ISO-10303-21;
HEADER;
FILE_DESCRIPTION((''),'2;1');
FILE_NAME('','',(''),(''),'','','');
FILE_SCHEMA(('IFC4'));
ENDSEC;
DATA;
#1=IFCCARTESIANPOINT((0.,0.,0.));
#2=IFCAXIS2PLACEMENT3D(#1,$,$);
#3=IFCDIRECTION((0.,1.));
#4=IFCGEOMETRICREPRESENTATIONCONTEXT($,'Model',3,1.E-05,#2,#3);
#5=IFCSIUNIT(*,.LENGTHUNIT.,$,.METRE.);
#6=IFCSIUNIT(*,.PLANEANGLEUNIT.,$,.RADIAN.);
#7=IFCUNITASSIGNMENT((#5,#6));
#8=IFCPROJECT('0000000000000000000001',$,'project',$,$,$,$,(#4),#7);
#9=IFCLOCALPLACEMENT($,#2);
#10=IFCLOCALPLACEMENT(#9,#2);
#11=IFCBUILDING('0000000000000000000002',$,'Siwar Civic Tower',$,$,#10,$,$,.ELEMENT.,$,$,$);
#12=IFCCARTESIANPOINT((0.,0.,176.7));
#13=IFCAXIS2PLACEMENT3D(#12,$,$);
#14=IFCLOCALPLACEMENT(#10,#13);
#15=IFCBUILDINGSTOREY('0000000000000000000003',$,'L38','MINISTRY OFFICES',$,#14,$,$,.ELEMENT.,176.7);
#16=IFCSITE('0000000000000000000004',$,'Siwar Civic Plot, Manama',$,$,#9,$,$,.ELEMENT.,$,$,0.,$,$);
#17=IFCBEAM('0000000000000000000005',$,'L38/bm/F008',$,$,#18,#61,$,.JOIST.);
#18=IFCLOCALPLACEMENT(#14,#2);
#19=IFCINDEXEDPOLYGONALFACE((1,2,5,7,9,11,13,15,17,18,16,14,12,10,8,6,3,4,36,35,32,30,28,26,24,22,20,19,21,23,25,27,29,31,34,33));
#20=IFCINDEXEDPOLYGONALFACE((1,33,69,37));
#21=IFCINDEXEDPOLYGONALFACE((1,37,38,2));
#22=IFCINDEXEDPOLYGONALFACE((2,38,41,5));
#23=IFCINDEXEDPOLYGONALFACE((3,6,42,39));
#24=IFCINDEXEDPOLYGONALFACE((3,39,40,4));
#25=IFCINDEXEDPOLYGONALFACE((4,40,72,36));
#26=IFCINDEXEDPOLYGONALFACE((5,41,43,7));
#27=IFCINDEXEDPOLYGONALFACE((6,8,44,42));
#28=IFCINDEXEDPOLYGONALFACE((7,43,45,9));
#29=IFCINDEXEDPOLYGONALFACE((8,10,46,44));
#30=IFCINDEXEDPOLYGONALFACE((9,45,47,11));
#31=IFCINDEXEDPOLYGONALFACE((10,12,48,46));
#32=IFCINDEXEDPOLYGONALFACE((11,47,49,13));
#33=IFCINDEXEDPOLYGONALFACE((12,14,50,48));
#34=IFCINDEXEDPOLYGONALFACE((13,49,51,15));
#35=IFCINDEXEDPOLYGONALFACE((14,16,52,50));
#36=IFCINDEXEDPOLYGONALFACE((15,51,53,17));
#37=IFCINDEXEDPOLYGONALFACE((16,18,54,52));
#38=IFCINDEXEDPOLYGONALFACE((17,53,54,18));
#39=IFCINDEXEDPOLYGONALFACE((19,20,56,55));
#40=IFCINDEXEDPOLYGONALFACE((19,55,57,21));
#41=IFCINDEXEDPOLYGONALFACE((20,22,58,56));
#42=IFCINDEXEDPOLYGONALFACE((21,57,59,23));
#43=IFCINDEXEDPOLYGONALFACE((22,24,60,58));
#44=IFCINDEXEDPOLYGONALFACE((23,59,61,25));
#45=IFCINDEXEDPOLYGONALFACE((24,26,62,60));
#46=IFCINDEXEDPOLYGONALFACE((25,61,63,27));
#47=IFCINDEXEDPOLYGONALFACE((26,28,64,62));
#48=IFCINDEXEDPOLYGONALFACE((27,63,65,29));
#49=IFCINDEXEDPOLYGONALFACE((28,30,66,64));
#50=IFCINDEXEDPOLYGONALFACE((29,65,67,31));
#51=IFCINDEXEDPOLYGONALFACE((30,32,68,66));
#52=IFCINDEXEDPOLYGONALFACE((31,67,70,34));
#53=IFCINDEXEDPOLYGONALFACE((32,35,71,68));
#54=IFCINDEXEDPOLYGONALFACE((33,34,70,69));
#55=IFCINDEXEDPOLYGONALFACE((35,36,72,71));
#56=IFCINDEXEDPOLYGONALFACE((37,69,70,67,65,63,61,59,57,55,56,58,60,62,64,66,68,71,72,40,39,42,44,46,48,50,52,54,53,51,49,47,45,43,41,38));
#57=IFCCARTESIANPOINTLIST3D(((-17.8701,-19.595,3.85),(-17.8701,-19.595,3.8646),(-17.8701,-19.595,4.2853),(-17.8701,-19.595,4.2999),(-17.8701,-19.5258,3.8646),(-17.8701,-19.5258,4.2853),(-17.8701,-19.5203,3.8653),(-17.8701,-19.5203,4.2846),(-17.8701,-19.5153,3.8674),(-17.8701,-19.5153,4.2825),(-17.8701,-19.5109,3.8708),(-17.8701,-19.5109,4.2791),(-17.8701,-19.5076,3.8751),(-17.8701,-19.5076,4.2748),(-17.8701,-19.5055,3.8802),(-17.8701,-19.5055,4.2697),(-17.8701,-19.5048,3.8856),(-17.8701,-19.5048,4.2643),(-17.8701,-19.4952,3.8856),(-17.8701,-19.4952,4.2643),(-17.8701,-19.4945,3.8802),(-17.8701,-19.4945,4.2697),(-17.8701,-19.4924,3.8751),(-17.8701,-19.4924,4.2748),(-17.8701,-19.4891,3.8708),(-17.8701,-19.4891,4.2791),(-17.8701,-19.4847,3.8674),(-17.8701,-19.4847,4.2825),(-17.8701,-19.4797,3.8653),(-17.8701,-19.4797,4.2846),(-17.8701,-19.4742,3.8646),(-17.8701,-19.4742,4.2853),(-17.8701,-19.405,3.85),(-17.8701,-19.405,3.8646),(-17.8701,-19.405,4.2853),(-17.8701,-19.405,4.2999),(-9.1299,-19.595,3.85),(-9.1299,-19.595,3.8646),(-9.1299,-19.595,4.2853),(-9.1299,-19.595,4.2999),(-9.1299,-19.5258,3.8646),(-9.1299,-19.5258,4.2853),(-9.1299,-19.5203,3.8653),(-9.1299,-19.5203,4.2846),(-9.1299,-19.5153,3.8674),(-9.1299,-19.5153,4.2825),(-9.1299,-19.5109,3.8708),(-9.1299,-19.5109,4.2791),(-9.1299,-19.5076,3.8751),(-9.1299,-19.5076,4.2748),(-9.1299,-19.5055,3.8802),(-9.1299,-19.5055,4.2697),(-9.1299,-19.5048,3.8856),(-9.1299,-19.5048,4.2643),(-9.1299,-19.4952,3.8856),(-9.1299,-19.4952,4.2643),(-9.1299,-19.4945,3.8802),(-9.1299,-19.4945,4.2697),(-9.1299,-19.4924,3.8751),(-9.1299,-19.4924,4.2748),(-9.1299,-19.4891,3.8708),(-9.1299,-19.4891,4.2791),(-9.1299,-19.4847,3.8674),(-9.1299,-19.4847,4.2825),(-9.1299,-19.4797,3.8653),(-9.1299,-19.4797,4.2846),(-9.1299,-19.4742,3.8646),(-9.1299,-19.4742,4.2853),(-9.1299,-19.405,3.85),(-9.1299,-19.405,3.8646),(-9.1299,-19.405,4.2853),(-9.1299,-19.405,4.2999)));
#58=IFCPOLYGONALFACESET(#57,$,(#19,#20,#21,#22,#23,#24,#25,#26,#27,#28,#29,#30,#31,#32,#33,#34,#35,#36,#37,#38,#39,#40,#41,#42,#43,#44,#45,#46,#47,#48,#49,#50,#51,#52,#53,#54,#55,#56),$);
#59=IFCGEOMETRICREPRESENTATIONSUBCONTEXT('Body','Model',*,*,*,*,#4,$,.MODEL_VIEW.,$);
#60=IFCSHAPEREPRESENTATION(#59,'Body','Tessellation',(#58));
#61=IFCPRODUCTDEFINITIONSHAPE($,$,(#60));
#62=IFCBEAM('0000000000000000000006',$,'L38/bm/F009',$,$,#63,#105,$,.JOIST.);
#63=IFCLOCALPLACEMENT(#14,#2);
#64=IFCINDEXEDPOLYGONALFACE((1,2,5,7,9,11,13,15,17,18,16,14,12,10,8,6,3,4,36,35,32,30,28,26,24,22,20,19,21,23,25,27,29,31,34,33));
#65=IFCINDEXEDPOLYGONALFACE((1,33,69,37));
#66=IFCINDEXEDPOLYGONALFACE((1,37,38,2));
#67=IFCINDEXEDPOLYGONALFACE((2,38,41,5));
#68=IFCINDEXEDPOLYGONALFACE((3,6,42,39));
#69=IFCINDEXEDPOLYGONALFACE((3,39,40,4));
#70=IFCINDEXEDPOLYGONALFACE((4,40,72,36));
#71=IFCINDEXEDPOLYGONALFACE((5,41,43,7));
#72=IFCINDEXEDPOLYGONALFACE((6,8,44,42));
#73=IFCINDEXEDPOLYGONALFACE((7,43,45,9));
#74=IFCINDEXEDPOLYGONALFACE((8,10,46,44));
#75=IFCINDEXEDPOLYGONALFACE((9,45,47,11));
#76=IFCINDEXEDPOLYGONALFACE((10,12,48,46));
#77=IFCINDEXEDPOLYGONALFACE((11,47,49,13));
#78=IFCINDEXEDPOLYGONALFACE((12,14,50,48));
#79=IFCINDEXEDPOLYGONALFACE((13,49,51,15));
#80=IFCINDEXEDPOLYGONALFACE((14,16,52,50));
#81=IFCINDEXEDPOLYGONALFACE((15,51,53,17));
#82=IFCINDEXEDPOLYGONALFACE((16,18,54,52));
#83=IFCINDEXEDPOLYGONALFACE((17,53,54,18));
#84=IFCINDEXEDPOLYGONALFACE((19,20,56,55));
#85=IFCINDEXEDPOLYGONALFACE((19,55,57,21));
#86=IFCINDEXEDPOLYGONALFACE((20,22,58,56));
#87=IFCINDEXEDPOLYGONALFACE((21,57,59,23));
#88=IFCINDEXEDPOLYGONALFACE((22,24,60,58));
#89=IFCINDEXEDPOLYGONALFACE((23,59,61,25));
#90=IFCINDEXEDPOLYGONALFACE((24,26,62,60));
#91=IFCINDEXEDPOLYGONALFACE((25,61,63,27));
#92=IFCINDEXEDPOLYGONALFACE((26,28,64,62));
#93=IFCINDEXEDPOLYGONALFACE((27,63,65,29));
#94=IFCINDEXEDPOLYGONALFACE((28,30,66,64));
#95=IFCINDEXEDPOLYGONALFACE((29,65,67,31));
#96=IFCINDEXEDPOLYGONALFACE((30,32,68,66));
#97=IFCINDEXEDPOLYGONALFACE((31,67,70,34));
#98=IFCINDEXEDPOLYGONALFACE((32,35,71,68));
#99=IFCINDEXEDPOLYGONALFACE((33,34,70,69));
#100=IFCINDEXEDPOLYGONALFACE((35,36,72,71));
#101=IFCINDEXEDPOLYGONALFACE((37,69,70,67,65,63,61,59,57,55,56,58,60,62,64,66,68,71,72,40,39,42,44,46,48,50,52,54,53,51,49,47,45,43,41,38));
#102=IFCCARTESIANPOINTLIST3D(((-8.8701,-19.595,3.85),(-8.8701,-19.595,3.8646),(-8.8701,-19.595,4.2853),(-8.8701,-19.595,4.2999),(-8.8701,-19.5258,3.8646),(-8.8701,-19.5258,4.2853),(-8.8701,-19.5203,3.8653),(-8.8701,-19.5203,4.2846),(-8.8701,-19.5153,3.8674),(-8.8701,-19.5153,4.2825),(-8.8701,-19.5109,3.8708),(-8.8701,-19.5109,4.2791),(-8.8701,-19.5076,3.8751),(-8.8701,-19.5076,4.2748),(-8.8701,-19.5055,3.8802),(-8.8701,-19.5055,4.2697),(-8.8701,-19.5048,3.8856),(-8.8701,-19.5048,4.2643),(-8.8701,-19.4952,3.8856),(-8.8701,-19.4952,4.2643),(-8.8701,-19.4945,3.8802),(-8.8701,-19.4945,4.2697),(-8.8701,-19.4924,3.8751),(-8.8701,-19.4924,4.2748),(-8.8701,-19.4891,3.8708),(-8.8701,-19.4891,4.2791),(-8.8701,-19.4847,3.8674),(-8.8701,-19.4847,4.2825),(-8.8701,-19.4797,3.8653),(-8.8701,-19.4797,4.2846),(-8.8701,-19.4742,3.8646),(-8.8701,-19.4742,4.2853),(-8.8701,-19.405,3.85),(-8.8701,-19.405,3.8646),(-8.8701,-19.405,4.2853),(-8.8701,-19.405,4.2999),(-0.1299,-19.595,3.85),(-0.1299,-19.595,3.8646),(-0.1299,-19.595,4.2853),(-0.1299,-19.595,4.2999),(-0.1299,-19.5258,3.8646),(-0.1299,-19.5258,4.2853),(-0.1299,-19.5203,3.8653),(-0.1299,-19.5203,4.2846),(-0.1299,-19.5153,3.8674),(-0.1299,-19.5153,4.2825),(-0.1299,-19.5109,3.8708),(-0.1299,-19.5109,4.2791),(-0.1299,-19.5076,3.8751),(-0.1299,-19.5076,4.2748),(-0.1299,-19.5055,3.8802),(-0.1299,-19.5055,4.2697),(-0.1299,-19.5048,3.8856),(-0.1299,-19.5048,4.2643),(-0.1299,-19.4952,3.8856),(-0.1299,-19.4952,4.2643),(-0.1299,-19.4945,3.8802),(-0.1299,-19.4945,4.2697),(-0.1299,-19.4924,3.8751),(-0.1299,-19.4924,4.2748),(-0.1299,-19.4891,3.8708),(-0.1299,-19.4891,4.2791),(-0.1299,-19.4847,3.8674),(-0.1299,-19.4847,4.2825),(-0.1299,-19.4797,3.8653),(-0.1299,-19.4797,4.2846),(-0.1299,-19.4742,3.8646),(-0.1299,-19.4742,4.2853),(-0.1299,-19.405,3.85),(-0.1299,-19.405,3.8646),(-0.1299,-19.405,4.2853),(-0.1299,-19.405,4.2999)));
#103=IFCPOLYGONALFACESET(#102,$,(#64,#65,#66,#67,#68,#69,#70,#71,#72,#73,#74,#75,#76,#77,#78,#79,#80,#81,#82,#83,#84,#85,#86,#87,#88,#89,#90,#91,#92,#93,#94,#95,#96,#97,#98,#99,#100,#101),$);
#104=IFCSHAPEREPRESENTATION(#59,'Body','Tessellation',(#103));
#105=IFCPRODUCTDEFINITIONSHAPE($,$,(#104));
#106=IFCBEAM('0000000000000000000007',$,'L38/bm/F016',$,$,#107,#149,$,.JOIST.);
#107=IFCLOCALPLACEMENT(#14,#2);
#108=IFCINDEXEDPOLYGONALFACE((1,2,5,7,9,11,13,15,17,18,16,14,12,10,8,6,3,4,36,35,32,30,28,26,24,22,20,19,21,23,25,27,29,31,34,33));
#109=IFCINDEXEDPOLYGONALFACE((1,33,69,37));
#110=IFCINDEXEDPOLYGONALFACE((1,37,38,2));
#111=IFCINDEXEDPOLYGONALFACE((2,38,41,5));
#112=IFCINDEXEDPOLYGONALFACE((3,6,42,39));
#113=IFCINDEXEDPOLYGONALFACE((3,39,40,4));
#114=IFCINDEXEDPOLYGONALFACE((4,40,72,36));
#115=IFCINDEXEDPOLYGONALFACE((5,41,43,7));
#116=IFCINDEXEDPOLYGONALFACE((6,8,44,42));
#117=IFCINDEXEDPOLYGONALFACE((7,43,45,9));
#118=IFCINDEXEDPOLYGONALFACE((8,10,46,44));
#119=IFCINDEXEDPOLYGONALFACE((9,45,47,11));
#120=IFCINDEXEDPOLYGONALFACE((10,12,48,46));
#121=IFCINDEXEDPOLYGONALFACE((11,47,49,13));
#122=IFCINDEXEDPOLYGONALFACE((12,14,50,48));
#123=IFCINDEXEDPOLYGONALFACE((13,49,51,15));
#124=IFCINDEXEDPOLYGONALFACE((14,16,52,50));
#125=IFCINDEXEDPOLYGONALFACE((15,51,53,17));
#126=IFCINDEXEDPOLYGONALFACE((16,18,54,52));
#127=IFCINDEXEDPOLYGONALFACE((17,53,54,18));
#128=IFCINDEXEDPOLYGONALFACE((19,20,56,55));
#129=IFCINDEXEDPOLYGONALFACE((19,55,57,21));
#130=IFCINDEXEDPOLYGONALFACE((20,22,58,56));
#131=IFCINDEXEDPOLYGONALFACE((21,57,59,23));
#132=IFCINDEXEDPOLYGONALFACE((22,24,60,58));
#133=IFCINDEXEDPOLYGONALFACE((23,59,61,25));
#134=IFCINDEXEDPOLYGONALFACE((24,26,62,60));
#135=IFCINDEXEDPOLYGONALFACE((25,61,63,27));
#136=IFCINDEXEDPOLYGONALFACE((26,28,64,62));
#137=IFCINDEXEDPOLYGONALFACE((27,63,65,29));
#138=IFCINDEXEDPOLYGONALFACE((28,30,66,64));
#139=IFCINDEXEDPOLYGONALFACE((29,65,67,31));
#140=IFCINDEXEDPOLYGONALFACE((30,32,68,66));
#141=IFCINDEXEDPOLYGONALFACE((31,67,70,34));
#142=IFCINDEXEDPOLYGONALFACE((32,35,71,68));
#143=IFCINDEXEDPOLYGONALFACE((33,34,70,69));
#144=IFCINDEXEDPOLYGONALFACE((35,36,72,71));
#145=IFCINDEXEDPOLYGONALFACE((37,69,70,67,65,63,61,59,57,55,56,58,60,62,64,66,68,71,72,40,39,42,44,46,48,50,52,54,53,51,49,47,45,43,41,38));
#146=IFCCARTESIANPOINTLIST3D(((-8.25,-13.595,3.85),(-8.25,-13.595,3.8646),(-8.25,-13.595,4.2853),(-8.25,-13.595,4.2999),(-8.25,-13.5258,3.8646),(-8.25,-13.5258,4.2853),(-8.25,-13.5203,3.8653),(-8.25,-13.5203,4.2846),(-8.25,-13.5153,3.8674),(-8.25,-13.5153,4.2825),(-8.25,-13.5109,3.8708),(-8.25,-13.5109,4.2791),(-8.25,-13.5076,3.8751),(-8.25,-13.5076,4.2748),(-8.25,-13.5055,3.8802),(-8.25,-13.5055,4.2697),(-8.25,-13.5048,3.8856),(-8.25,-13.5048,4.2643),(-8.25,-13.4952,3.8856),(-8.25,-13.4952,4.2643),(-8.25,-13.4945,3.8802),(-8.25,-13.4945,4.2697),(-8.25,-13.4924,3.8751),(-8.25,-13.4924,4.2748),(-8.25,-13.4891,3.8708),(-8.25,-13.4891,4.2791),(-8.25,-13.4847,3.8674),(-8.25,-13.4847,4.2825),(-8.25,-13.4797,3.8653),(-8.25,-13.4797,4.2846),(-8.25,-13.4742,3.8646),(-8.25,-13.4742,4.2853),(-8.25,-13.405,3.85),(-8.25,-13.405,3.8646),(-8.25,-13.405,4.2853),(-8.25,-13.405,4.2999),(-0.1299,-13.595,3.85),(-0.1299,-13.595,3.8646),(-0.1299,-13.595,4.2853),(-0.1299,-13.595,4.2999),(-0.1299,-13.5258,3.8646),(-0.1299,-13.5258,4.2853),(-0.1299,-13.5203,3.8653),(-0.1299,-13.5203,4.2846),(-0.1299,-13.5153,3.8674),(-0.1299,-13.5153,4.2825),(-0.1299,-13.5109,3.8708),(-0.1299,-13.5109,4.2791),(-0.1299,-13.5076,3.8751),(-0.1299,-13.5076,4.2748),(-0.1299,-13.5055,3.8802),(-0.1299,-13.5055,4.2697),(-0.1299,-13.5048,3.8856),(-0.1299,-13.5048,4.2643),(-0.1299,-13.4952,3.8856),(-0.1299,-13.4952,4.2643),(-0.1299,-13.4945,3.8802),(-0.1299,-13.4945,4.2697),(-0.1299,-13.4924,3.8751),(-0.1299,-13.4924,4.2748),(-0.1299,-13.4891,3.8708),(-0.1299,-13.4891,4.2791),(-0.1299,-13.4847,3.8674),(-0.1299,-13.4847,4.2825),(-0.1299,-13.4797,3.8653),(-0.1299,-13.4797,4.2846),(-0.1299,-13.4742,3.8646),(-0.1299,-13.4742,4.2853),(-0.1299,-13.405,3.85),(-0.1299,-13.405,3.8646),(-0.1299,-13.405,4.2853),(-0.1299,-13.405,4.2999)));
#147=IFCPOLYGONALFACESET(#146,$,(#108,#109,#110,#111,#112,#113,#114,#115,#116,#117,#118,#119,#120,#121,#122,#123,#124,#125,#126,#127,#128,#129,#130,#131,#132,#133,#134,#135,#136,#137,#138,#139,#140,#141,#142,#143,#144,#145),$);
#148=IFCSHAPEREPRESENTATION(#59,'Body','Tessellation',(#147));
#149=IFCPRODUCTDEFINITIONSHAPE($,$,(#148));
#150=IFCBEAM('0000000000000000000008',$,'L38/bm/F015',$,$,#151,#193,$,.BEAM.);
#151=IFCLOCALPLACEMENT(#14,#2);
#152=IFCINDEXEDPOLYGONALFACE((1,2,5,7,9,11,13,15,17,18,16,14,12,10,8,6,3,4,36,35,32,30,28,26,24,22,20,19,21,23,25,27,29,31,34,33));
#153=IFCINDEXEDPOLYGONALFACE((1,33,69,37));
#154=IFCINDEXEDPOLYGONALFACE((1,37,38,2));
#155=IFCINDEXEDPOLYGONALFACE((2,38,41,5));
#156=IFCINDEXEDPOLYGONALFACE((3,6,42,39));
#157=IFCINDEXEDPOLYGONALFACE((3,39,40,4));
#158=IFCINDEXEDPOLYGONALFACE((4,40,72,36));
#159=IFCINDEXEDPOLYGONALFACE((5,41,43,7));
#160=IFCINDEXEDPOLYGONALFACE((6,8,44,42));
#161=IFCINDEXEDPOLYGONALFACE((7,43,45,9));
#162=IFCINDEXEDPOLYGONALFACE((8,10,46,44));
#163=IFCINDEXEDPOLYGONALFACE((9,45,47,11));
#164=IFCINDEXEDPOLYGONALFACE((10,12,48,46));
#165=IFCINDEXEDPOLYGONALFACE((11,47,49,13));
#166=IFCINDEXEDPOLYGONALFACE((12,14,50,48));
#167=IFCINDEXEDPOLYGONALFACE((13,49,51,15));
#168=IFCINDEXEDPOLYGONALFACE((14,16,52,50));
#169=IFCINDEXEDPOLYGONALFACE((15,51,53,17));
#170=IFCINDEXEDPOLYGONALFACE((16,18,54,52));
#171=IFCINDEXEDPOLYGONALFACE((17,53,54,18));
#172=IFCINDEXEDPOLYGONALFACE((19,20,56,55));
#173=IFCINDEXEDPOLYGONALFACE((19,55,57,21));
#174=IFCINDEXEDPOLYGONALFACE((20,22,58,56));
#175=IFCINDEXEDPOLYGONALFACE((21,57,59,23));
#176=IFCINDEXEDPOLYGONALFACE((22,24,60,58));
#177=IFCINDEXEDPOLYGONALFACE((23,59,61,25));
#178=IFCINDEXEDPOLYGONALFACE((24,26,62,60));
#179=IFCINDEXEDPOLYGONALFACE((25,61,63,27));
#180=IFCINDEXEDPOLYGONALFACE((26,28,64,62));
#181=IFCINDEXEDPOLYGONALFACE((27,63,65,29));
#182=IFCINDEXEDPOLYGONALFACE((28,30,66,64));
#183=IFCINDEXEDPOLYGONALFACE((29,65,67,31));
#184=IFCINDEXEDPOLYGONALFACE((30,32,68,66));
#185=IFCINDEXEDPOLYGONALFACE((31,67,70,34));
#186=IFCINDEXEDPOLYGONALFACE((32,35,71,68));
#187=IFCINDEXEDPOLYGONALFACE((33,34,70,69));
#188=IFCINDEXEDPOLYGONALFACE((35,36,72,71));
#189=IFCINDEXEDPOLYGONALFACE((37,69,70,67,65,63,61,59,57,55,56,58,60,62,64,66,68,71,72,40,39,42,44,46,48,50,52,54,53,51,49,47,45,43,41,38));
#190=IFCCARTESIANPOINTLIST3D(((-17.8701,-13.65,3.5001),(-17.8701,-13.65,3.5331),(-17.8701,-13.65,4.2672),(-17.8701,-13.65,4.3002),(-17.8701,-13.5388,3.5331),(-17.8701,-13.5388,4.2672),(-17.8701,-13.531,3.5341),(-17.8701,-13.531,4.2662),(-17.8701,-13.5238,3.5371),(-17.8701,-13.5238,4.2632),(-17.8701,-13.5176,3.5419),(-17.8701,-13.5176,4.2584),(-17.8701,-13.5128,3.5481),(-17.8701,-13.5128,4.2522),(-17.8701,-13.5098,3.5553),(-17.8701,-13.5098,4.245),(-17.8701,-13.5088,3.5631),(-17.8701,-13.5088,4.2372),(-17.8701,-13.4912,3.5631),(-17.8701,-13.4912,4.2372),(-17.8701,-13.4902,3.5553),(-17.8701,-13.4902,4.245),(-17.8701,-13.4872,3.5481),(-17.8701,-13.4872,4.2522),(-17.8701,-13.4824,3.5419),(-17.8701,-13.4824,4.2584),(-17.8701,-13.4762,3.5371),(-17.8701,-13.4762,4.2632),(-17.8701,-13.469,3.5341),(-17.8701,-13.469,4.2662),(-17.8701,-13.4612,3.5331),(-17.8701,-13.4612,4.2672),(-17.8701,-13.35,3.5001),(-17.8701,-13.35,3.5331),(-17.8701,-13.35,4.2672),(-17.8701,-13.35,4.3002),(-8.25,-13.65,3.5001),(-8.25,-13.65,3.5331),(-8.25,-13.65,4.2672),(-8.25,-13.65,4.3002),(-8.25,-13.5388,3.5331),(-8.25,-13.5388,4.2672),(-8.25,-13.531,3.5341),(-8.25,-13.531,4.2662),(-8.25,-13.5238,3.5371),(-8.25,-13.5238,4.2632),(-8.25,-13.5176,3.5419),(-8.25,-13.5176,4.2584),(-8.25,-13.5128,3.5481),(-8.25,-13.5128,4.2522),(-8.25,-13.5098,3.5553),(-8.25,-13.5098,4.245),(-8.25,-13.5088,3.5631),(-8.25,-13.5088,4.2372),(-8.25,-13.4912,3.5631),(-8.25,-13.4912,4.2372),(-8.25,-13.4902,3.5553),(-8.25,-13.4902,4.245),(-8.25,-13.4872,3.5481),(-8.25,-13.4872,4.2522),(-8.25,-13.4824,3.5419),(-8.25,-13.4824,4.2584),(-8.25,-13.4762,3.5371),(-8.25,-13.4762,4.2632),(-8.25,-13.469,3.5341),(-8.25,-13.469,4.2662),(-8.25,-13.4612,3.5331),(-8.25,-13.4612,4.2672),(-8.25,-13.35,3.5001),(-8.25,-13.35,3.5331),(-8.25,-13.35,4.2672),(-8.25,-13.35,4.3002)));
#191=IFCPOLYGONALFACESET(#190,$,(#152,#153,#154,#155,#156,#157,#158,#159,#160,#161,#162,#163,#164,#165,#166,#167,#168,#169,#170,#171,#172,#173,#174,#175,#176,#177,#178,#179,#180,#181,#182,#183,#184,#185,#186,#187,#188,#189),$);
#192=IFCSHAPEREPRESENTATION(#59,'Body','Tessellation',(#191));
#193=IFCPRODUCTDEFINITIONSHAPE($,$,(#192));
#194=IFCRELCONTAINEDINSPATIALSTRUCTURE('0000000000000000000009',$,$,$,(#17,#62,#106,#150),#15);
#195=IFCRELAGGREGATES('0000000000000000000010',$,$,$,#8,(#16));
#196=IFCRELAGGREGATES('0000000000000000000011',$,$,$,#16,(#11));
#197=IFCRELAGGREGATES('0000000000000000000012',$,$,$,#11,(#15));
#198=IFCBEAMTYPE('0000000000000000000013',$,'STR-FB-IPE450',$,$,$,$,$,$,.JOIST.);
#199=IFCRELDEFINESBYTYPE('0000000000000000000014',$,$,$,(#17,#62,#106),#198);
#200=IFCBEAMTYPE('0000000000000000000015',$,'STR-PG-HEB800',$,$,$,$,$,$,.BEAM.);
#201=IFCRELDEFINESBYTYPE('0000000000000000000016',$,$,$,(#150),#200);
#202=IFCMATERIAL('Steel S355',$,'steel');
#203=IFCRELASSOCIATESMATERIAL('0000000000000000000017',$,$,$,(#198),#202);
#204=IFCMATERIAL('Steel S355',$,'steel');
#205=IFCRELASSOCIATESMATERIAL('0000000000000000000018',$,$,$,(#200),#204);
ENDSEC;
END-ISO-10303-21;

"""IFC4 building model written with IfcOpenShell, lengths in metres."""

from ifc_helpers import new_model, si_unit, direction, frame, origin, origin_2d, place, context, subcontext, project, spatial, i_section, extrude, material, material_profile, profile_set, type_object, element, save


model = new_model("IFC4")

# Units and contexts
model_context = context("Model", 3, precision=1e-05, world=origin(), true_north=direction((0.0, 1.0)))
body_context = subcontext(model_context, "Body", "Model", "MODEL_VIEW")
ifc_project = project(units=[si_unit("LENGTHUNIT", "METRE"), si_unit("PLANEANGLEUNIT", "RADIAN")], contexts=[model_context])

# Site, building, storey
site_placement = place(None, origin())
site = spatial("IfcSite", under=ifc_project, at=site_placement, Name="Siwar Civic Plot, Manama", CompositionType="ELEMENT", RefElevation=0.0)
building_placement = place(site_placement, origin())
building = spatial("IfcBuilding", under=site, at=building_placement, Name="Siwar Civic Tower", CompositionType="ELEMENT")
storey_placement = place(building_placement, frame((0.0, 0.0, 176.7)))
storey = spatial("IfcBuildingStorey", under=building, at=storey_placement, Name="L38", Description="MINISTRY OFFICES", CompositionType="ELEMENT", Elevation=176.7)

# Beams
ifc_material_1 = material(Name="Steel S355", Category="steel")
ifc_material_profile_1 = material_profile(ifc_material_1, i_section(OverallWidth=0.1899, OverallDepth=0.45, WebThickness=0.0095, FlangeThickness=0.0146, FilletRadius=0.021, at=origin_2d()), Name="IPE450")
ifc_profile_set_1 = profile_set([ifc_material_profile_1], Name="Steel S355")
beam_type_1 = type_object("IfcBeamType", Name="STR-FB-IPE450", PredefinedType="JOIST", material=ifc_profile_set_1)
for number, where, z_axis, x_axis, name in (
    (1, (-17.8701, -19.5, 4.075), (1.0, 0.0, 0.0), (0.0, 1.0, 0.0), "L38/bm/F008"),
    (2, (-8.8701, -19.5, 4.075), (1.0, 0.0, 0.0), (0.0, 1.0, 0.0), "L38/bm/F009"),
):
    element("IfcBeam", number, at=place(storey_placement, frame(where, z_axis=z_axis, x_axis=x_axis)), inside=storey, type_object=beam_type_1, Name=name, PredefinedType="JOIST", context=body_context, shape_type="SweptSolid", body=[
        extrude(i_section(OverallWidth=0.1899, OverallDepth=0.45, WebThickness=0.0095, FlangeThickness=0.0146, FilletRadius=0.021, at=origin_2d()), origin(), (0.0, 0.0, 1.0), 8.7402),
    ])
beam_1_placement = place(storey_placement, frame((-8.25, -13.5, 4.075), z_axis=(1.0, 0.0, 0.0), x_axis=(0.0, 1.0, 0.0)))
element("IfcBeam", 3, at=beam_1_placement, inside=storey, type_object=beam_type_1, Name="L38/bm/F016", PredefinedType="JOIST", context=body_context, shape_type="SweptSolid", body=[
    extrude(i_section(OverallWidth=0.1899, OverallDepth=0.45, WebThickness=0.0095, FlangeThickness=0.0146, FilletRadius=0.021, at=origin_2d()), origin(), (0.0, 0.0, 1.0), 8.1201),
])
ifc_material_2 = material(Name="Steel S355", Category="steel")
ifc_material_profile_2 = material_profile(ifc_material_2, i_section(OverallWidth=0.3, OverallDepth=0.8, WebThickness=0.0176, FlangeThickness=0.033, FilletRadius=0.03, at=origin_2d()), Name="HEB800")
ifc_profile_set_2 = profile_set([ifc_material_profile_2], Name="Steel S355")
beam_type_2 = type_object("IfcBeamType", Name="STR-PG-HEB800", PredefinedType="BEAM", material=ifc_profile_set_2)
beam_2_placement = place(storey_placement, frame((-17.8701, -13.5, 3.9001), z_axis=(1.0, 0.0, 0.0), x_axis=(0.0, 1.0, 0.0)))
element("IfcBeam", 4, at=beam_2_placement, inside=storey, type_object=beam_type_2, Name="L38/bm/F015", PredefinedType="BEAM", context=body_context, shape_type="SweptSolid", body=[
    extrude(i_section(OverallWidth=0.3, OverallDepth=0.8, WebThickness=0.0176, FlangeThickness=0.033, FilletRadius=0.03, at=origin_2d()), origin(), (0.0, 0.0, 1.0), 9.6201),
])

save(model, "model.ifc")
